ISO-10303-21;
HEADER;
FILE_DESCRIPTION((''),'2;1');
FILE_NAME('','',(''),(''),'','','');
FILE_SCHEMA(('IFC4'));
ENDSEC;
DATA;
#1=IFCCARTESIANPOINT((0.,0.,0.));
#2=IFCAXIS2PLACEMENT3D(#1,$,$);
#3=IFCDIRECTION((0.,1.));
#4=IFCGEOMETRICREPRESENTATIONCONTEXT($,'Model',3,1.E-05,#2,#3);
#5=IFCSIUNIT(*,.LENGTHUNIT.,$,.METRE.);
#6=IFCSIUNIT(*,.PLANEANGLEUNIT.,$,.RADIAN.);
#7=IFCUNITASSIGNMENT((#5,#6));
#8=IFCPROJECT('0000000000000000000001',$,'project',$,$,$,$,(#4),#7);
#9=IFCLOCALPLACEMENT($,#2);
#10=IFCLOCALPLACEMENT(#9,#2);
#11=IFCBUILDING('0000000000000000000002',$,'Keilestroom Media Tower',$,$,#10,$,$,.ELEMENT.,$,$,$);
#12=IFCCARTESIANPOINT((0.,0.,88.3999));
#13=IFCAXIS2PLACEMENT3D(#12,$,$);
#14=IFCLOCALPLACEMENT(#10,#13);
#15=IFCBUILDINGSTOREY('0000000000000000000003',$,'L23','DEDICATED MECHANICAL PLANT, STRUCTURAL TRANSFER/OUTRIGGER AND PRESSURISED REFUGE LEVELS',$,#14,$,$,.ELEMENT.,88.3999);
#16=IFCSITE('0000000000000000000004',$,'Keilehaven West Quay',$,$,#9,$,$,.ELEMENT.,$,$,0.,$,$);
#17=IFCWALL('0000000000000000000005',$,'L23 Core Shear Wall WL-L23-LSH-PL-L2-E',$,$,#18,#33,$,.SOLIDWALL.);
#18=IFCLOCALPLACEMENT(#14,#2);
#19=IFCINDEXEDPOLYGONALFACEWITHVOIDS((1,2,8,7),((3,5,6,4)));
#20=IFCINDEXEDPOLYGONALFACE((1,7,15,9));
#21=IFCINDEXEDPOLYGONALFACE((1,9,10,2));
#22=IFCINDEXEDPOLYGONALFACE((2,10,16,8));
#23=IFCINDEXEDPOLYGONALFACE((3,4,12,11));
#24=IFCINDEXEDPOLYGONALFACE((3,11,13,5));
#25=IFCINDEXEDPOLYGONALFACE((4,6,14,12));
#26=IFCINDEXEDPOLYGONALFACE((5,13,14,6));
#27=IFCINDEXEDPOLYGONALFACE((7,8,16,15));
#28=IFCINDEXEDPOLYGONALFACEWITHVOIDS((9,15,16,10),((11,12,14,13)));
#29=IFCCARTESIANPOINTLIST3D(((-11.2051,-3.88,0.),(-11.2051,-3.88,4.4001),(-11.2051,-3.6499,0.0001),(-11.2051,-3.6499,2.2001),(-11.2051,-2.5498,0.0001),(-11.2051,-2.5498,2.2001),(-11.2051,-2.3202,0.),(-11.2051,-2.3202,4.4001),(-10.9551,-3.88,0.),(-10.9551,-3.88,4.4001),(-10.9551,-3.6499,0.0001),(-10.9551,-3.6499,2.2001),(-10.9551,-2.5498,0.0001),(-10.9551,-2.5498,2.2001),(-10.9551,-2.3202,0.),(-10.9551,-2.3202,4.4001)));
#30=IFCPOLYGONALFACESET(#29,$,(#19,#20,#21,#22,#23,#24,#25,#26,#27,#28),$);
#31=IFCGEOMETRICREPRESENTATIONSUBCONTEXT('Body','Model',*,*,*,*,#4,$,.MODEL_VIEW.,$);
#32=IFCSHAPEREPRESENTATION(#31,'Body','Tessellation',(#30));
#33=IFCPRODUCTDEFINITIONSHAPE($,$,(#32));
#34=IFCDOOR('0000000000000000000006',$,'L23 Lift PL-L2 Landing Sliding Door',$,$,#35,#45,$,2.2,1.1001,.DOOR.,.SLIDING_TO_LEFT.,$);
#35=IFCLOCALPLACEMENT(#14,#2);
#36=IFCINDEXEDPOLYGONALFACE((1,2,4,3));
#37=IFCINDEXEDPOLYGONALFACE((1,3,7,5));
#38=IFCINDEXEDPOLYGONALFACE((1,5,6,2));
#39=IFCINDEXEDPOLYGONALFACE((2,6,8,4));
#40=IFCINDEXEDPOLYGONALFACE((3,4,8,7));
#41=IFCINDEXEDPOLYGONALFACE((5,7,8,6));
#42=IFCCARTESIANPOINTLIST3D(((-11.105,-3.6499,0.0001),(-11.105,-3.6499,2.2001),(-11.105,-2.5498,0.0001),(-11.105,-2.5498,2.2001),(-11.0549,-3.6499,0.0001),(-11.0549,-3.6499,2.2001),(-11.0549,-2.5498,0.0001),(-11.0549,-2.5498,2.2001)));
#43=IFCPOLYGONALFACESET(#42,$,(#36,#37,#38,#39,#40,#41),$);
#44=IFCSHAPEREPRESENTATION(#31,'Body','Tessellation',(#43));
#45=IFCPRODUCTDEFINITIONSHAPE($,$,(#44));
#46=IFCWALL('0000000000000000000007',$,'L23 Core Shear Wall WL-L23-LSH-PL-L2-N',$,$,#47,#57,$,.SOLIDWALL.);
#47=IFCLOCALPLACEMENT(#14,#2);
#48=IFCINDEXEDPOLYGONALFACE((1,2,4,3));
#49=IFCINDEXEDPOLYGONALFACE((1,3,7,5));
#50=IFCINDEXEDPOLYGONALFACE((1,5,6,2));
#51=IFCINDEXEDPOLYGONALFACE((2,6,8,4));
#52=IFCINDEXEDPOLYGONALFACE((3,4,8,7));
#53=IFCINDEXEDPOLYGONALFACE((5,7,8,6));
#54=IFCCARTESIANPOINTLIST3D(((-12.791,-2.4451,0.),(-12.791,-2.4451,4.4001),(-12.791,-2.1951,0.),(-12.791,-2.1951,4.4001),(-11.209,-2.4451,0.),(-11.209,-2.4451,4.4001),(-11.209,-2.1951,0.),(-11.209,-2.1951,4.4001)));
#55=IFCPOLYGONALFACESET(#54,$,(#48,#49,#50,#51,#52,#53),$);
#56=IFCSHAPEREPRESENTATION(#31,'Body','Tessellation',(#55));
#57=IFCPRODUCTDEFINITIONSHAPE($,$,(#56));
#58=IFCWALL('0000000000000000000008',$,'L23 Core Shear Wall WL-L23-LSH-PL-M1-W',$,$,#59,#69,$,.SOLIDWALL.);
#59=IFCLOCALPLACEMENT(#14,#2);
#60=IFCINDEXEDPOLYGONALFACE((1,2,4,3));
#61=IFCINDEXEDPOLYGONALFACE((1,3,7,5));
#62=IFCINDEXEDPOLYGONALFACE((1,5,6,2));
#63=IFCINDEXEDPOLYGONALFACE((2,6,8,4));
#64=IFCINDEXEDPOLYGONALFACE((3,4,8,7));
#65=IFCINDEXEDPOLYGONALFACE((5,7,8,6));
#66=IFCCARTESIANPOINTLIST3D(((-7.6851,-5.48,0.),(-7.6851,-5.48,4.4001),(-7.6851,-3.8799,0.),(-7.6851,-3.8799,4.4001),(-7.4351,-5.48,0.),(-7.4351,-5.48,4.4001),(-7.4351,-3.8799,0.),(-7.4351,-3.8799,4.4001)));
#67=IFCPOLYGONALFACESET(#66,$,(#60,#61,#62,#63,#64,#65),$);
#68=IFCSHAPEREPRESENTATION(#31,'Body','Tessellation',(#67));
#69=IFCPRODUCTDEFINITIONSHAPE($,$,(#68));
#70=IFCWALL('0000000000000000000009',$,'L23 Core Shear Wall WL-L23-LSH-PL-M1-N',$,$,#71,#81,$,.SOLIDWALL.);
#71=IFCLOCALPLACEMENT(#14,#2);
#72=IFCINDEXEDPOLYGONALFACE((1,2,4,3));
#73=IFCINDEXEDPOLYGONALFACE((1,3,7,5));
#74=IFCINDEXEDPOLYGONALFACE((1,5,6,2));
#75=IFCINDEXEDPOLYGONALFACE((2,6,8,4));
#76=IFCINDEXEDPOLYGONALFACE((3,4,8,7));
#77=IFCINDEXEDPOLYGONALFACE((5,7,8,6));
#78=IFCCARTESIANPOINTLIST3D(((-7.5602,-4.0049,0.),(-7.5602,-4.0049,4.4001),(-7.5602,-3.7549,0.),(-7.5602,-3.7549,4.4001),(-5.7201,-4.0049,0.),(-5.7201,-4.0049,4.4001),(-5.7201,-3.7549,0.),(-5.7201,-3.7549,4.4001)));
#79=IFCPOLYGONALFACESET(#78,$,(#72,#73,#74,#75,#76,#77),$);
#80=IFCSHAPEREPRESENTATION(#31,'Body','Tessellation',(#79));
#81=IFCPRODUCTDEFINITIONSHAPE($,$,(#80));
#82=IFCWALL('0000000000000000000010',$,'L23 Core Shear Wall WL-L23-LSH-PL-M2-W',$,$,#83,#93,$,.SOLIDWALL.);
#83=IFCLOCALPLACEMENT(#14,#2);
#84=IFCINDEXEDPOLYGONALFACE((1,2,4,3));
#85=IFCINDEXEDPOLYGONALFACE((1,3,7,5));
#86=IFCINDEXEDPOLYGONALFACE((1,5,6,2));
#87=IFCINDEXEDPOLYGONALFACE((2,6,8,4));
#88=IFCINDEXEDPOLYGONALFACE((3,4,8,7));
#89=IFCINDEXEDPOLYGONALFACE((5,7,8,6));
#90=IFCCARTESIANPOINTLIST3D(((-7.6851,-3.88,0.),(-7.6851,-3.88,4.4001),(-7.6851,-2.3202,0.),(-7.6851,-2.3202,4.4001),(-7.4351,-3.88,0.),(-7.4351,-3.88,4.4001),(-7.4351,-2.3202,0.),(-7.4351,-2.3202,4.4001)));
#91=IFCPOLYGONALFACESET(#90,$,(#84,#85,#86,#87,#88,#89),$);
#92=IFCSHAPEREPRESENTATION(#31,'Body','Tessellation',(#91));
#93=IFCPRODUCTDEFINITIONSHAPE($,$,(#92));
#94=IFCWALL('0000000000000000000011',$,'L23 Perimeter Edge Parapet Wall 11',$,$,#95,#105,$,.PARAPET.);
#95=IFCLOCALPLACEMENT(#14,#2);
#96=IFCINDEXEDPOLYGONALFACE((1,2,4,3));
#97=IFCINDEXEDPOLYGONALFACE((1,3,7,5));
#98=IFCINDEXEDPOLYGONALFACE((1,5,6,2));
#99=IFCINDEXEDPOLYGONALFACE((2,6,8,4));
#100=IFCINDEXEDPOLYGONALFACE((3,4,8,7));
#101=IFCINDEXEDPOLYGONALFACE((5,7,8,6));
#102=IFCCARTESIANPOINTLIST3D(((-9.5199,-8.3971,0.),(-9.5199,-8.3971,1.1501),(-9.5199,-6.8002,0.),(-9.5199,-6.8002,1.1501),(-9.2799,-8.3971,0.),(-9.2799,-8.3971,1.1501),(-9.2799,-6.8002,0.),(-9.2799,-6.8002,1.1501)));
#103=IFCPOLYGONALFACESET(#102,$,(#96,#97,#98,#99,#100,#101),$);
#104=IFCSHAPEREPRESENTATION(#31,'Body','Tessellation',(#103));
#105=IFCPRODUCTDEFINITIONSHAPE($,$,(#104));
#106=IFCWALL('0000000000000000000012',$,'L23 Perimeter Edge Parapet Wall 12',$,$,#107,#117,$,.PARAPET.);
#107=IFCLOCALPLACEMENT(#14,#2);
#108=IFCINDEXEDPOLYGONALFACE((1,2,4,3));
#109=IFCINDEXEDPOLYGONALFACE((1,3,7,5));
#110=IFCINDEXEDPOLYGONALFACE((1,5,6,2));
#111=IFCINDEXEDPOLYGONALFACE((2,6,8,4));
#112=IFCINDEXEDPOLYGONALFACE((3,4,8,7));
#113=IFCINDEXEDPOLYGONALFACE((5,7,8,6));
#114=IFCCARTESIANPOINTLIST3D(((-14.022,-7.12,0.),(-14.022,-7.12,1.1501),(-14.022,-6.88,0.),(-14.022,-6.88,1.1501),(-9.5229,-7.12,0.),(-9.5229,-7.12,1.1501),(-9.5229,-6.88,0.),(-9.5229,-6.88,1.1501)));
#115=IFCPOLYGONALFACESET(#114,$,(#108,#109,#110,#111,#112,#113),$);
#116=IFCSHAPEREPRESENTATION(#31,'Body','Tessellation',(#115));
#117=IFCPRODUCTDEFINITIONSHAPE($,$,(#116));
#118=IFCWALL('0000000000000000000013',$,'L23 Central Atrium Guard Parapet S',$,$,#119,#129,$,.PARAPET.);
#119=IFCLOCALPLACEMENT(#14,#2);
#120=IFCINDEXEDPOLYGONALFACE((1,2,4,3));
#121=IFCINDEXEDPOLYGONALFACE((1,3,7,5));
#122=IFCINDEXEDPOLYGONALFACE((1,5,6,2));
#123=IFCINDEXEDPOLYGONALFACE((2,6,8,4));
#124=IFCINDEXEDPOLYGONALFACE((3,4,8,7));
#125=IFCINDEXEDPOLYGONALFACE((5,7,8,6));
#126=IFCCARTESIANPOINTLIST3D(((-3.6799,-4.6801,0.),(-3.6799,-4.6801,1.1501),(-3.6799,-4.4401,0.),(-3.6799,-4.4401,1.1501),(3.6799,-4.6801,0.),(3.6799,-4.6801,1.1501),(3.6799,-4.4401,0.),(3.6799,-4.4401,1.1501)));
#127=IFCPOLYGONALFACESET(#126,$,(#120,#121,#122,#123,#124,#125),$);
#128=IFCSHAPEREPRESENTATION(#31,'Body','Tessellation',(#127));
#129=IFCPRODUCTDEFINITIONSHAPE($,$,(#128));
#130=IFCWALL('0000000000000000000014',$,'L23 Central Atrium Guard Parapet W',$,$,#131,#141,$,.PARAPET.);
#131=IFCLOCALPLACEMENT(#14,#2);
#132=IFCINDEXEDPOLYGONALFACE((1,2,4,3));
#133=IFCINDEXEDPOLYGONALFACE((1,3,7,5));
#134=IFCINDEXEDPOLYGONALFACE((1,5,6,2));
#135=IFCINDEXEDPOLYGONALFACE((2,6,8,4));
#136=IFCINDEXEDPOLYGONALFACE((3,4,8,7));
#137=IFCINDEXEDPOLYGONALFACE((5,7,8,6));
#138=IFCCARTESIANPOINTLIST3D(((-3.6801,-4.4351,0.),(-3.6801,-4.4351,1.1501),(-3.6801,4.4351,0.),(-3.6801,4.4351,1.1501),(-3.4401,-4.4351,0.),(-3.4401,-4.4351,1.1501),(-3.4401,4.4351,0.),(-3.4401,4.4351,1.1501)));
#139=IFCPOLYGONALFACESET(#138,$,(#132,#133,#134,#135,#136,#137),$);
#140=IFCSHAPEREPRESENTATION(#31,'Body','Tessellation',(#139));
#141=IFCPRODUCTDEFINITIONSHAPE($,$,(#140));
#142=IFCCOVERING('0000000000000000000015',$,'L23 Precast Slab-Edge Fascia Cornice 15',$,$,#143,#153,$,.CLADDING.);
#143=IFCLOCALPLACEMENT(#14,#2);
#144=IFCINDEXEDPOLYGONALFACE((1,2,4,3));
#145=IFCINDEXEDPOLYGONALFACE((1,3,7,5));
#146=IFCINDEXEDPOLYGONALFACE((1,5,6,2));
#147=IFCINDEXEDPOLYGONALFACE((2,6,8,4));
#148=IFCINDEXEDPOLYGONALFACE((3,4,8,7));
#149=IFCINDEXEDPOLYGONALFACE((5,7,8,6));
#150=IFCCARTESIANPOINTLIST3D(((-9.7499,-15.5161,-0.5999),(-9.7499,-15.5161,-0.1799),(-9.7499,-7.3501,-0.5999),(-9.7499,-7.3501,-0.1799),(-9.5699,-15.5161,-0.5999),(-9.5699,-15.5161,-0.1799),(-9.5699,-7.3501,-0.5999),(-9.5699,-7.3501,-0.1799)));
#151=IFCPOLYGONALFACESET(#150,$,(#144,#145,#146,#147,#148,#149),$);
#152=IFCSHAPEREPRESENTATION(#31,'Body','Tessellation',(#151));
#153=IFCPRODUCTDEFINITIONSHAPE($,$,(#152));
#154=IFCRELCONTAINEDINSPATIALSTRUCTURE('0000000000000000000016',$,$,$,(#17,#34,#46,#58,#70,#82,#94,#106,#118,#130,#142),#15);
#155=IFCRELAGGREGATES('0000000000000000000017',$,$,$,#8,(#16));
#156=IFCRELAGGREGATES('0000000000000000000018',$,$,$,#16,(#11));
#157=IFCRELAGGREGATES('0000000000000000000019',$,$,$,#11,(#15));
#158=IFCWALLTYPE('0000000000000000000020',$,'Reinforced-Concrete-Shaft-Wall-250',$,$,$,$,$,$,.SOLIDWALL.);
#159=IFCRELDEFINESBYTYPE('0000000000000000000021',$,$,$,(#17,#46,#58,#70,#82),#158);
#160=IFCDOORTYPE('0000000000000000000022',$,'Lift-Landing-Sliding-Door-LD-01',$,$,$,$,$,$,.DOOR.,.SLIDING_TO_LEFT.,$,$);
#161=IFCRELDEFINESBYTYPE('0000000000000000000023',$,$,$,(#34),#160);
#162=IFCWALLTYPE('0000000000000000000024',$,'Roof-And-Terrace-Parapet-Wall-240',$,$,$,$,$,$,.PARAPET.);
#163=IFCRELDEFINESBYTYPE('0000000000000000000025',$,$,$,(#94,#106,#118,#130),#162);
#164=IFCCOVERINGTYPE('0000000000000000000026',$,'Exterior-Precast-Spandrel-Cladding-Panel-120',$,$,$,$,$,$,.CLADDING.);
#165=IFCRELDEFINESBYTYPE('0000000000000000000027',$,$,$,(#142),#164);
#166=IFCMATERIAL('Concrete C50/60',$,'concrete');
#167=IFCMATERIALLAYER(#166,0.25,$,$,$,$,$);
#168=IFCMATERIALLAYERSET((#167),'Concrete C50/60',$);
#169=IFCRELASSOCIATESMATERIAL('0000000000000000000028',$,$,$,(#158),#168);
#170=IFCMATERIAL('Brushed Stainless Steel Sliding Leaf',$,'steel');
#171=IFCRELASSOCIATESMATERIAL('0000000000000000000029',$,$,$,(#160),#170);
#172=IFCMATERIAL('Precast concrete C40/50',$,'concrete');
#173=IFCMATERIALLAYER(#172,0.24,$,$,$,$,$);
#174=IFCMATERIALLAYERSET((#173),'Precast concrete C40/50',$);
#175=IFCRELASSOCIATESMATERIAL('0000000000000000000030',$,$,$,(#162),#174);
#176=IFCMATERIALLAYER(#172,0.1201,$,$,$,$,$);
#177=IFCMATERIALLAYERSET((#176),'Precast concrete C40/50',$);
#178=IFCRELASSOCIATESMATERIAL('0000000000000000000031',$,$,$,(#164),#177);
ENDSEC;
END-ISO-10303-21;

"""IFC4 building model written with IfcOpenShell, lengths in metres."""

from ifc_helpers import new_model, si_unit, direction, frame, frame_2d, origin, origin_2d, place, context, subcontext, project, spatial, rectangle, extrude, source, transform, mapped, material, layer, layer_set, type_object, element, fill, save


model = new_model("IFC4")

# Units and contexts
model_context = context("Model", 3, precision=1e-05, world=origin(), true_north=direction((0.0, 1.0)))
body_context = subcontext(model_context, "Body", "Model", "MODEL_VIEW")
ifc_project = project(units=[si_unit("LENGTHUNIT", "METRE"), si_unit("PLANEANGLEUNIT", "RADIAN")], contexts=[model_context])

# Site, building, storey
site_placement = place(None, origin())
site = spatial("IfcSite", under=ifc_project, at=site_placement, Name="Keilehaven West Quay", CompositionType="ELEMENT", RefElevation=0.0)
building_placement = place(site_placement, origin())
building = spatial("IfcBuilding", under=site, at=building_placement, Name="Keilestroom Media Tower", CompositionType="ELEMENT")
storey_placement = place(building_placement, frame((0.0, 0.0, 88.3999)))
storey = spatial("IfcBuildingStorey", under=building, at=storey_placement, Name="L23", Description="DEDICATED MECHANICAL PLANT, STRUCTURAL TRANSFER/OUTRIGGER AND PRESSURISED REFUGE LEVELS", CompositionType="ELEMENT", Elevation=88.3999)

# Shared definitions
ifc_material_1 = material(Name="Precast concrete C40/50", Category="concrete")

# Shared definitions
ifc_material_2 = material(Name="Concrete C50/60", Category="concrete")
ifc_layer_1 = layer(ifc_material_2, 0.25)
ifc_layer_set_1 = layer_set([ifc_layer_1], Name="Concrete C50/60")
wall_type_1 = type_object("IfcWallType", Name="Reinforced-Concrete-Shaft-Wall-250", PredefinedType="SOLIDWALL", material=ifc_layer_set_1)

# Shared definitions
ifc_material_3 = material(Name="Brushed Stainless Steel Sliding Leaf", Category="steel")

# Shared definitions
door_type_1 = type_object("IfcDoorType", Name="Lift-Landing-Sliding-Door-LD-01", OperationType="SLIDING_TO_LEFT", PredefinedType="DOOR", material=ifc_material_3)
shared_shape_1 = source(origin(), body_context, "Body", "SweptSolid", [
    extrude(rectangle(XDim=1.1001, YDim=2.2, at=frame_2d((0.55, 1.1001))), frame((0.0, 0.0249, 0.0), z_axis=(0.0, -1.0, 0.0), x_axis=(1.0, 0.0, 0.0)), (0.0, 0.0, 1.0), 0.05),
])

# Wall, opening, door
wall_1_placement = place(storey_placement, frame((-11.0801, -3.8799, 0.0), z_axis=(0.0, 0.0, 1.0), x_axis=(0.0, 1.0, 0.0)))
wall_1 = element("IfcWall", 1, at=wall_1_placement, inside=storey, type_object=wall_type_1, Name="L23 Core Shear Wall WL-L23-LSH-PL-L2-E", PredefinedType="SOLIDWALL", context=body_context, shape_type="SweptSolid", body=[
    extrude(rectangle(XDim=1.5598, YDim=0.25, at=frame_2d((0.7798, 0.0))), origin(), (0.0, 0.0, 1.0), 4.4001),
])
opening_1_placement = place(wall_1_placement, frame((0.23, 0.0, 0.0)))
opening_1 = element("IfcOpeningElement", 2, at=opening_1_placement, cuts=wall_1, PredefinedType="OPENING", context=body_context, shape_type="SweptSolid", body=[
    extrude(rectangle(XDim=1.1001, YDim=2.2, at=frame_2d((0.55, 1.1001))), frame((0.0, 0.135, 0.0), z_axis=(0.0, -1.0, 0.0), x_axis=(1.0, 0.0, 0.0)), (0.0, 0.0, 1.0), 0.27),
])
door_1_placement = place(opening_1_placement, origin())
door_1 = element("IfcDoor", 3, at=door_1_placement, inside=storey, type_object=door_type_1, Name="L23 Lift PL-L2 Landing Sliding Door", OperationType="SLIDING_TO_LEFT", OverallHeight=2.2, OverallWidth=1.1001, PredefinedType="DOOR", context=body_context, shape_type="MappedRepresentation", body=[
    mapped(shared_shape_1, transform((0.0, 0.0, 0.0), x_axis=(1.0, 0.0, 0.0), y_axis=(0.0, 1.0, 0.0), z_axis=(0.0, 0.0, 1.0), scale=1.0)),
])
fill(opening_1, door_1)

# Walls
wall_2_placement = place(storey_placement, frame((-12.791, -2.3201, 0.0), z_axis=(0.0, 0.0, 1.0), x_axis=(1.0, 0.0, 0.0)))
element("IfcWall", 4, at=wall_2_placement, inside=storey, type_object=wall_type_1, Name="L23 Core Shear Wall WL-L23-LSH-PL-L2-N", PredefinedType="SOLIDWALL", context=body_context, shape_type="SweptSolid", body=[
    extrude(rectangle(XDim=1.582, YDim=0.25, at=frame_2d((0.791, 0.0))), origin(), (0.0, 0.0, 1.0), 4.4001),
])
wall_3_placement = place(storey_placement, frame((-7.5601, -5.48, 0.0), z_axis=(0.0, 0.0, 1.0), x_axis=(0.0, 1.0, 0.0)))
element("IfcWall", 5, at=wall_3_placement, inside=storey, type_object=wall_type_1, Name="L23 Core Shear Wall WL-L23-LSH-PL-M1-W", PredefinedType="SOLIDWALL", context=body_context, shape_type="SweptSolid", body=[
    extrude(rectangle(XDim=1.6001, YDim=0.25, at=frame_2d((0.8, 0.0))), origin(), (0.0, 0.0, 1.0), 4.4001),
])
wall_4_placement = place(storey_placement, frame((-7.5601, -3.8799, 0.0), z_axis=(0.0, 0.0, 1.0), x_axis=(1.0, 0.0, 0.0)))
element("IfcWall", 6, at=wall_4_placement, inside=storey, type_object=wall_type_1, Name="L23 Core Shear Wall WL-L23-LSH-PL-M1-N", PredefinedType="SOLIDWALL", context=body_context, shape_type="SweptSolid", body=[
    extrude(rectangle(XDim=1.8401, YDim=0.25, at=frame_2d((0.9199, 0.0))), origin(), (0.0, 0.0, 1.0), 4.4001),
])
wall_5_placement = place(storey_placement, frame((-7.5601, -3.8799, 0.0), z_axis=(0.0, 0.0, 1.0), x_axis=(0.0, 1.0, 0.0)))
element("IfcWall", 7, at=wall_5_placement, inside=storey, type_object=wall_type_1, Name="L23 Core Shear Wall WL-L23-LSH-PL-M2-W", PredefinedType="SOLIDWALL", context=body_context, shape_type="SweptSolid", body=[
    extrude(rectangle(XDim=1.5598, YDim=0.25, at=frame_2d((0.7798, 0.0))), origin(), (0.0, 0.0, 1.0), 4.4001),
])
ifc_layer_2 = layer(ifc_material_1, 0.24)
ifc_layer_set_2 = layer_set([ifc_layer_2], Name="Precast concrete C40/50")
wall_type_2 = type_object("IfcWallType", Name="Roof-And-Terrace-Parapet-Wall-240", PredefinedType="PARAPET", material=ifc_layer_set_2)
wall_6_placement = place(storey_placement, frame((-9.3999, -8.397, 0.0), z_axis=(0.0, 0.0, 1.0), x_axis=(0.0, 1.0, 0.0)))
element("IfcWall", 8, at=wall_6_placement, inside=storey, type_object=wall_type_2, Name="L23 Perimeter Edge Parapet Wall 11", PredefinedType="PARAPET", context=body_context, shape_type="SweptSolid", body=[
    extrude(rectangle(XDim=1.5969, YDim=0.24, at=frame_2d((0.7983, 0.0))), origin(), (0.0, 0.0, 1.0), 1.1501),
])
wall_7_placement = place(storey_placement, frame((-9.5229, -7.0, 0.0), z_axis=(0.0, 0.0, 1.0), x_axis=(-1.0, 0.0, 0.0)))
element("IfcWall", 9, at=wall_7_placement, inside=storey, type_object=wall_type_2, Name="L23 Perimeter Edge Parapet Wall 12", PredefinedType="PARAPET", context=body_context, shape_type="SweptSolid", body=[
    extrude(rectangle(XDim=4.499, YDim=0.24, at=frame_2d((2.2495, 0.0))), origin(), (0.0, 0.0, 1.0), 1.1501),
])
wall_8_placement = place(storey_placement, frame((-3.6799, -4.5601, 0.0), z_axis=(0.0, 0.0, 1.0), x_axis=(1.0, 0.0, 0.0)))
element("IfcWall", 10, at=wall_8_placement, inside=storey, type_object=wall_type_2, Name="L23 Central Atrium Guard Parapet S", PredefinedType="PARAPET", context=body_context, shape_type="SweptSolid", body=[
    extrude(rectangle(XDim=7.3599, YDim=0.24, at=frame_2d((3.6799, 0.0))), origin(), (0.0, 0.0, 1.0), 1.1501),
])
wall_9_placement = place(storey_placement, frame((-3.5601, -4.4351, 0.0), z_axis=(0.0, 0.0, 1.0), x_axis=(0.0, 1.0, 0.0)))
element("IfcWall", 11, at=wall_9_placement, inside=storey, type_object=wall_type_2, Name="L23 Central Atrium Guard Parapet W", PredefinedType="PARAPET", context=body_context, shape_type="SweptSolid", body=[
    extrude(rectangle(XDim=8.8701, YDim=0.24, at=frame_2d((4.4351, 0.0))), origin(), (0.0, 0.0, 1.0), 1.1501),
])

# Covering
ifc_layer_3 = layer(ifc_material_1, 0.1201)
ifc_layer_set_3 = layer_set([ifc_layer_3], Name="Precast concrete C40/50")
covering_type = type_object("IfcCoveringType", Name="Exterior-Precast-Spandrel-Cladding-Panel-120", PredefinedType="CLADDING", material=ifc_layer_set_3)
shared_shape_2 = source(origin(), body_context, "Body", "SweptSolid", [
    extrude(rectangle(XDim=8.166, YDim=0.1799, at=origin_2d()), origin(), (0.0, 0.0, 1.0), 0.4199),
])
covering_placement = place(storey_placement, frame((-9.6599, -11.4331, -0.5999), z_axis=(0.0, 0.0, 1.0), x_axis=(0.0, 1.0, 0.0)))
element("IfcCovering", 12, at=covering_placement, inside=storey, type_object=covering_type, Name="L23 Precast Slab-Edge Fascia Cornice 15", PredefinedType="CLADDING", context=body_context, shape_type="MappedRepresentation", body=[
    mapped(shared_shape_2, transform((0.0, 0.0, 0.0), x_axis=(1.0, 0.0, 0.0), y_axis=(0.0, 1.0, 0.0), z_axis=(0.0, 0.0, 1.0), scale=1.0)),
])

save(model, "model.ifc")
